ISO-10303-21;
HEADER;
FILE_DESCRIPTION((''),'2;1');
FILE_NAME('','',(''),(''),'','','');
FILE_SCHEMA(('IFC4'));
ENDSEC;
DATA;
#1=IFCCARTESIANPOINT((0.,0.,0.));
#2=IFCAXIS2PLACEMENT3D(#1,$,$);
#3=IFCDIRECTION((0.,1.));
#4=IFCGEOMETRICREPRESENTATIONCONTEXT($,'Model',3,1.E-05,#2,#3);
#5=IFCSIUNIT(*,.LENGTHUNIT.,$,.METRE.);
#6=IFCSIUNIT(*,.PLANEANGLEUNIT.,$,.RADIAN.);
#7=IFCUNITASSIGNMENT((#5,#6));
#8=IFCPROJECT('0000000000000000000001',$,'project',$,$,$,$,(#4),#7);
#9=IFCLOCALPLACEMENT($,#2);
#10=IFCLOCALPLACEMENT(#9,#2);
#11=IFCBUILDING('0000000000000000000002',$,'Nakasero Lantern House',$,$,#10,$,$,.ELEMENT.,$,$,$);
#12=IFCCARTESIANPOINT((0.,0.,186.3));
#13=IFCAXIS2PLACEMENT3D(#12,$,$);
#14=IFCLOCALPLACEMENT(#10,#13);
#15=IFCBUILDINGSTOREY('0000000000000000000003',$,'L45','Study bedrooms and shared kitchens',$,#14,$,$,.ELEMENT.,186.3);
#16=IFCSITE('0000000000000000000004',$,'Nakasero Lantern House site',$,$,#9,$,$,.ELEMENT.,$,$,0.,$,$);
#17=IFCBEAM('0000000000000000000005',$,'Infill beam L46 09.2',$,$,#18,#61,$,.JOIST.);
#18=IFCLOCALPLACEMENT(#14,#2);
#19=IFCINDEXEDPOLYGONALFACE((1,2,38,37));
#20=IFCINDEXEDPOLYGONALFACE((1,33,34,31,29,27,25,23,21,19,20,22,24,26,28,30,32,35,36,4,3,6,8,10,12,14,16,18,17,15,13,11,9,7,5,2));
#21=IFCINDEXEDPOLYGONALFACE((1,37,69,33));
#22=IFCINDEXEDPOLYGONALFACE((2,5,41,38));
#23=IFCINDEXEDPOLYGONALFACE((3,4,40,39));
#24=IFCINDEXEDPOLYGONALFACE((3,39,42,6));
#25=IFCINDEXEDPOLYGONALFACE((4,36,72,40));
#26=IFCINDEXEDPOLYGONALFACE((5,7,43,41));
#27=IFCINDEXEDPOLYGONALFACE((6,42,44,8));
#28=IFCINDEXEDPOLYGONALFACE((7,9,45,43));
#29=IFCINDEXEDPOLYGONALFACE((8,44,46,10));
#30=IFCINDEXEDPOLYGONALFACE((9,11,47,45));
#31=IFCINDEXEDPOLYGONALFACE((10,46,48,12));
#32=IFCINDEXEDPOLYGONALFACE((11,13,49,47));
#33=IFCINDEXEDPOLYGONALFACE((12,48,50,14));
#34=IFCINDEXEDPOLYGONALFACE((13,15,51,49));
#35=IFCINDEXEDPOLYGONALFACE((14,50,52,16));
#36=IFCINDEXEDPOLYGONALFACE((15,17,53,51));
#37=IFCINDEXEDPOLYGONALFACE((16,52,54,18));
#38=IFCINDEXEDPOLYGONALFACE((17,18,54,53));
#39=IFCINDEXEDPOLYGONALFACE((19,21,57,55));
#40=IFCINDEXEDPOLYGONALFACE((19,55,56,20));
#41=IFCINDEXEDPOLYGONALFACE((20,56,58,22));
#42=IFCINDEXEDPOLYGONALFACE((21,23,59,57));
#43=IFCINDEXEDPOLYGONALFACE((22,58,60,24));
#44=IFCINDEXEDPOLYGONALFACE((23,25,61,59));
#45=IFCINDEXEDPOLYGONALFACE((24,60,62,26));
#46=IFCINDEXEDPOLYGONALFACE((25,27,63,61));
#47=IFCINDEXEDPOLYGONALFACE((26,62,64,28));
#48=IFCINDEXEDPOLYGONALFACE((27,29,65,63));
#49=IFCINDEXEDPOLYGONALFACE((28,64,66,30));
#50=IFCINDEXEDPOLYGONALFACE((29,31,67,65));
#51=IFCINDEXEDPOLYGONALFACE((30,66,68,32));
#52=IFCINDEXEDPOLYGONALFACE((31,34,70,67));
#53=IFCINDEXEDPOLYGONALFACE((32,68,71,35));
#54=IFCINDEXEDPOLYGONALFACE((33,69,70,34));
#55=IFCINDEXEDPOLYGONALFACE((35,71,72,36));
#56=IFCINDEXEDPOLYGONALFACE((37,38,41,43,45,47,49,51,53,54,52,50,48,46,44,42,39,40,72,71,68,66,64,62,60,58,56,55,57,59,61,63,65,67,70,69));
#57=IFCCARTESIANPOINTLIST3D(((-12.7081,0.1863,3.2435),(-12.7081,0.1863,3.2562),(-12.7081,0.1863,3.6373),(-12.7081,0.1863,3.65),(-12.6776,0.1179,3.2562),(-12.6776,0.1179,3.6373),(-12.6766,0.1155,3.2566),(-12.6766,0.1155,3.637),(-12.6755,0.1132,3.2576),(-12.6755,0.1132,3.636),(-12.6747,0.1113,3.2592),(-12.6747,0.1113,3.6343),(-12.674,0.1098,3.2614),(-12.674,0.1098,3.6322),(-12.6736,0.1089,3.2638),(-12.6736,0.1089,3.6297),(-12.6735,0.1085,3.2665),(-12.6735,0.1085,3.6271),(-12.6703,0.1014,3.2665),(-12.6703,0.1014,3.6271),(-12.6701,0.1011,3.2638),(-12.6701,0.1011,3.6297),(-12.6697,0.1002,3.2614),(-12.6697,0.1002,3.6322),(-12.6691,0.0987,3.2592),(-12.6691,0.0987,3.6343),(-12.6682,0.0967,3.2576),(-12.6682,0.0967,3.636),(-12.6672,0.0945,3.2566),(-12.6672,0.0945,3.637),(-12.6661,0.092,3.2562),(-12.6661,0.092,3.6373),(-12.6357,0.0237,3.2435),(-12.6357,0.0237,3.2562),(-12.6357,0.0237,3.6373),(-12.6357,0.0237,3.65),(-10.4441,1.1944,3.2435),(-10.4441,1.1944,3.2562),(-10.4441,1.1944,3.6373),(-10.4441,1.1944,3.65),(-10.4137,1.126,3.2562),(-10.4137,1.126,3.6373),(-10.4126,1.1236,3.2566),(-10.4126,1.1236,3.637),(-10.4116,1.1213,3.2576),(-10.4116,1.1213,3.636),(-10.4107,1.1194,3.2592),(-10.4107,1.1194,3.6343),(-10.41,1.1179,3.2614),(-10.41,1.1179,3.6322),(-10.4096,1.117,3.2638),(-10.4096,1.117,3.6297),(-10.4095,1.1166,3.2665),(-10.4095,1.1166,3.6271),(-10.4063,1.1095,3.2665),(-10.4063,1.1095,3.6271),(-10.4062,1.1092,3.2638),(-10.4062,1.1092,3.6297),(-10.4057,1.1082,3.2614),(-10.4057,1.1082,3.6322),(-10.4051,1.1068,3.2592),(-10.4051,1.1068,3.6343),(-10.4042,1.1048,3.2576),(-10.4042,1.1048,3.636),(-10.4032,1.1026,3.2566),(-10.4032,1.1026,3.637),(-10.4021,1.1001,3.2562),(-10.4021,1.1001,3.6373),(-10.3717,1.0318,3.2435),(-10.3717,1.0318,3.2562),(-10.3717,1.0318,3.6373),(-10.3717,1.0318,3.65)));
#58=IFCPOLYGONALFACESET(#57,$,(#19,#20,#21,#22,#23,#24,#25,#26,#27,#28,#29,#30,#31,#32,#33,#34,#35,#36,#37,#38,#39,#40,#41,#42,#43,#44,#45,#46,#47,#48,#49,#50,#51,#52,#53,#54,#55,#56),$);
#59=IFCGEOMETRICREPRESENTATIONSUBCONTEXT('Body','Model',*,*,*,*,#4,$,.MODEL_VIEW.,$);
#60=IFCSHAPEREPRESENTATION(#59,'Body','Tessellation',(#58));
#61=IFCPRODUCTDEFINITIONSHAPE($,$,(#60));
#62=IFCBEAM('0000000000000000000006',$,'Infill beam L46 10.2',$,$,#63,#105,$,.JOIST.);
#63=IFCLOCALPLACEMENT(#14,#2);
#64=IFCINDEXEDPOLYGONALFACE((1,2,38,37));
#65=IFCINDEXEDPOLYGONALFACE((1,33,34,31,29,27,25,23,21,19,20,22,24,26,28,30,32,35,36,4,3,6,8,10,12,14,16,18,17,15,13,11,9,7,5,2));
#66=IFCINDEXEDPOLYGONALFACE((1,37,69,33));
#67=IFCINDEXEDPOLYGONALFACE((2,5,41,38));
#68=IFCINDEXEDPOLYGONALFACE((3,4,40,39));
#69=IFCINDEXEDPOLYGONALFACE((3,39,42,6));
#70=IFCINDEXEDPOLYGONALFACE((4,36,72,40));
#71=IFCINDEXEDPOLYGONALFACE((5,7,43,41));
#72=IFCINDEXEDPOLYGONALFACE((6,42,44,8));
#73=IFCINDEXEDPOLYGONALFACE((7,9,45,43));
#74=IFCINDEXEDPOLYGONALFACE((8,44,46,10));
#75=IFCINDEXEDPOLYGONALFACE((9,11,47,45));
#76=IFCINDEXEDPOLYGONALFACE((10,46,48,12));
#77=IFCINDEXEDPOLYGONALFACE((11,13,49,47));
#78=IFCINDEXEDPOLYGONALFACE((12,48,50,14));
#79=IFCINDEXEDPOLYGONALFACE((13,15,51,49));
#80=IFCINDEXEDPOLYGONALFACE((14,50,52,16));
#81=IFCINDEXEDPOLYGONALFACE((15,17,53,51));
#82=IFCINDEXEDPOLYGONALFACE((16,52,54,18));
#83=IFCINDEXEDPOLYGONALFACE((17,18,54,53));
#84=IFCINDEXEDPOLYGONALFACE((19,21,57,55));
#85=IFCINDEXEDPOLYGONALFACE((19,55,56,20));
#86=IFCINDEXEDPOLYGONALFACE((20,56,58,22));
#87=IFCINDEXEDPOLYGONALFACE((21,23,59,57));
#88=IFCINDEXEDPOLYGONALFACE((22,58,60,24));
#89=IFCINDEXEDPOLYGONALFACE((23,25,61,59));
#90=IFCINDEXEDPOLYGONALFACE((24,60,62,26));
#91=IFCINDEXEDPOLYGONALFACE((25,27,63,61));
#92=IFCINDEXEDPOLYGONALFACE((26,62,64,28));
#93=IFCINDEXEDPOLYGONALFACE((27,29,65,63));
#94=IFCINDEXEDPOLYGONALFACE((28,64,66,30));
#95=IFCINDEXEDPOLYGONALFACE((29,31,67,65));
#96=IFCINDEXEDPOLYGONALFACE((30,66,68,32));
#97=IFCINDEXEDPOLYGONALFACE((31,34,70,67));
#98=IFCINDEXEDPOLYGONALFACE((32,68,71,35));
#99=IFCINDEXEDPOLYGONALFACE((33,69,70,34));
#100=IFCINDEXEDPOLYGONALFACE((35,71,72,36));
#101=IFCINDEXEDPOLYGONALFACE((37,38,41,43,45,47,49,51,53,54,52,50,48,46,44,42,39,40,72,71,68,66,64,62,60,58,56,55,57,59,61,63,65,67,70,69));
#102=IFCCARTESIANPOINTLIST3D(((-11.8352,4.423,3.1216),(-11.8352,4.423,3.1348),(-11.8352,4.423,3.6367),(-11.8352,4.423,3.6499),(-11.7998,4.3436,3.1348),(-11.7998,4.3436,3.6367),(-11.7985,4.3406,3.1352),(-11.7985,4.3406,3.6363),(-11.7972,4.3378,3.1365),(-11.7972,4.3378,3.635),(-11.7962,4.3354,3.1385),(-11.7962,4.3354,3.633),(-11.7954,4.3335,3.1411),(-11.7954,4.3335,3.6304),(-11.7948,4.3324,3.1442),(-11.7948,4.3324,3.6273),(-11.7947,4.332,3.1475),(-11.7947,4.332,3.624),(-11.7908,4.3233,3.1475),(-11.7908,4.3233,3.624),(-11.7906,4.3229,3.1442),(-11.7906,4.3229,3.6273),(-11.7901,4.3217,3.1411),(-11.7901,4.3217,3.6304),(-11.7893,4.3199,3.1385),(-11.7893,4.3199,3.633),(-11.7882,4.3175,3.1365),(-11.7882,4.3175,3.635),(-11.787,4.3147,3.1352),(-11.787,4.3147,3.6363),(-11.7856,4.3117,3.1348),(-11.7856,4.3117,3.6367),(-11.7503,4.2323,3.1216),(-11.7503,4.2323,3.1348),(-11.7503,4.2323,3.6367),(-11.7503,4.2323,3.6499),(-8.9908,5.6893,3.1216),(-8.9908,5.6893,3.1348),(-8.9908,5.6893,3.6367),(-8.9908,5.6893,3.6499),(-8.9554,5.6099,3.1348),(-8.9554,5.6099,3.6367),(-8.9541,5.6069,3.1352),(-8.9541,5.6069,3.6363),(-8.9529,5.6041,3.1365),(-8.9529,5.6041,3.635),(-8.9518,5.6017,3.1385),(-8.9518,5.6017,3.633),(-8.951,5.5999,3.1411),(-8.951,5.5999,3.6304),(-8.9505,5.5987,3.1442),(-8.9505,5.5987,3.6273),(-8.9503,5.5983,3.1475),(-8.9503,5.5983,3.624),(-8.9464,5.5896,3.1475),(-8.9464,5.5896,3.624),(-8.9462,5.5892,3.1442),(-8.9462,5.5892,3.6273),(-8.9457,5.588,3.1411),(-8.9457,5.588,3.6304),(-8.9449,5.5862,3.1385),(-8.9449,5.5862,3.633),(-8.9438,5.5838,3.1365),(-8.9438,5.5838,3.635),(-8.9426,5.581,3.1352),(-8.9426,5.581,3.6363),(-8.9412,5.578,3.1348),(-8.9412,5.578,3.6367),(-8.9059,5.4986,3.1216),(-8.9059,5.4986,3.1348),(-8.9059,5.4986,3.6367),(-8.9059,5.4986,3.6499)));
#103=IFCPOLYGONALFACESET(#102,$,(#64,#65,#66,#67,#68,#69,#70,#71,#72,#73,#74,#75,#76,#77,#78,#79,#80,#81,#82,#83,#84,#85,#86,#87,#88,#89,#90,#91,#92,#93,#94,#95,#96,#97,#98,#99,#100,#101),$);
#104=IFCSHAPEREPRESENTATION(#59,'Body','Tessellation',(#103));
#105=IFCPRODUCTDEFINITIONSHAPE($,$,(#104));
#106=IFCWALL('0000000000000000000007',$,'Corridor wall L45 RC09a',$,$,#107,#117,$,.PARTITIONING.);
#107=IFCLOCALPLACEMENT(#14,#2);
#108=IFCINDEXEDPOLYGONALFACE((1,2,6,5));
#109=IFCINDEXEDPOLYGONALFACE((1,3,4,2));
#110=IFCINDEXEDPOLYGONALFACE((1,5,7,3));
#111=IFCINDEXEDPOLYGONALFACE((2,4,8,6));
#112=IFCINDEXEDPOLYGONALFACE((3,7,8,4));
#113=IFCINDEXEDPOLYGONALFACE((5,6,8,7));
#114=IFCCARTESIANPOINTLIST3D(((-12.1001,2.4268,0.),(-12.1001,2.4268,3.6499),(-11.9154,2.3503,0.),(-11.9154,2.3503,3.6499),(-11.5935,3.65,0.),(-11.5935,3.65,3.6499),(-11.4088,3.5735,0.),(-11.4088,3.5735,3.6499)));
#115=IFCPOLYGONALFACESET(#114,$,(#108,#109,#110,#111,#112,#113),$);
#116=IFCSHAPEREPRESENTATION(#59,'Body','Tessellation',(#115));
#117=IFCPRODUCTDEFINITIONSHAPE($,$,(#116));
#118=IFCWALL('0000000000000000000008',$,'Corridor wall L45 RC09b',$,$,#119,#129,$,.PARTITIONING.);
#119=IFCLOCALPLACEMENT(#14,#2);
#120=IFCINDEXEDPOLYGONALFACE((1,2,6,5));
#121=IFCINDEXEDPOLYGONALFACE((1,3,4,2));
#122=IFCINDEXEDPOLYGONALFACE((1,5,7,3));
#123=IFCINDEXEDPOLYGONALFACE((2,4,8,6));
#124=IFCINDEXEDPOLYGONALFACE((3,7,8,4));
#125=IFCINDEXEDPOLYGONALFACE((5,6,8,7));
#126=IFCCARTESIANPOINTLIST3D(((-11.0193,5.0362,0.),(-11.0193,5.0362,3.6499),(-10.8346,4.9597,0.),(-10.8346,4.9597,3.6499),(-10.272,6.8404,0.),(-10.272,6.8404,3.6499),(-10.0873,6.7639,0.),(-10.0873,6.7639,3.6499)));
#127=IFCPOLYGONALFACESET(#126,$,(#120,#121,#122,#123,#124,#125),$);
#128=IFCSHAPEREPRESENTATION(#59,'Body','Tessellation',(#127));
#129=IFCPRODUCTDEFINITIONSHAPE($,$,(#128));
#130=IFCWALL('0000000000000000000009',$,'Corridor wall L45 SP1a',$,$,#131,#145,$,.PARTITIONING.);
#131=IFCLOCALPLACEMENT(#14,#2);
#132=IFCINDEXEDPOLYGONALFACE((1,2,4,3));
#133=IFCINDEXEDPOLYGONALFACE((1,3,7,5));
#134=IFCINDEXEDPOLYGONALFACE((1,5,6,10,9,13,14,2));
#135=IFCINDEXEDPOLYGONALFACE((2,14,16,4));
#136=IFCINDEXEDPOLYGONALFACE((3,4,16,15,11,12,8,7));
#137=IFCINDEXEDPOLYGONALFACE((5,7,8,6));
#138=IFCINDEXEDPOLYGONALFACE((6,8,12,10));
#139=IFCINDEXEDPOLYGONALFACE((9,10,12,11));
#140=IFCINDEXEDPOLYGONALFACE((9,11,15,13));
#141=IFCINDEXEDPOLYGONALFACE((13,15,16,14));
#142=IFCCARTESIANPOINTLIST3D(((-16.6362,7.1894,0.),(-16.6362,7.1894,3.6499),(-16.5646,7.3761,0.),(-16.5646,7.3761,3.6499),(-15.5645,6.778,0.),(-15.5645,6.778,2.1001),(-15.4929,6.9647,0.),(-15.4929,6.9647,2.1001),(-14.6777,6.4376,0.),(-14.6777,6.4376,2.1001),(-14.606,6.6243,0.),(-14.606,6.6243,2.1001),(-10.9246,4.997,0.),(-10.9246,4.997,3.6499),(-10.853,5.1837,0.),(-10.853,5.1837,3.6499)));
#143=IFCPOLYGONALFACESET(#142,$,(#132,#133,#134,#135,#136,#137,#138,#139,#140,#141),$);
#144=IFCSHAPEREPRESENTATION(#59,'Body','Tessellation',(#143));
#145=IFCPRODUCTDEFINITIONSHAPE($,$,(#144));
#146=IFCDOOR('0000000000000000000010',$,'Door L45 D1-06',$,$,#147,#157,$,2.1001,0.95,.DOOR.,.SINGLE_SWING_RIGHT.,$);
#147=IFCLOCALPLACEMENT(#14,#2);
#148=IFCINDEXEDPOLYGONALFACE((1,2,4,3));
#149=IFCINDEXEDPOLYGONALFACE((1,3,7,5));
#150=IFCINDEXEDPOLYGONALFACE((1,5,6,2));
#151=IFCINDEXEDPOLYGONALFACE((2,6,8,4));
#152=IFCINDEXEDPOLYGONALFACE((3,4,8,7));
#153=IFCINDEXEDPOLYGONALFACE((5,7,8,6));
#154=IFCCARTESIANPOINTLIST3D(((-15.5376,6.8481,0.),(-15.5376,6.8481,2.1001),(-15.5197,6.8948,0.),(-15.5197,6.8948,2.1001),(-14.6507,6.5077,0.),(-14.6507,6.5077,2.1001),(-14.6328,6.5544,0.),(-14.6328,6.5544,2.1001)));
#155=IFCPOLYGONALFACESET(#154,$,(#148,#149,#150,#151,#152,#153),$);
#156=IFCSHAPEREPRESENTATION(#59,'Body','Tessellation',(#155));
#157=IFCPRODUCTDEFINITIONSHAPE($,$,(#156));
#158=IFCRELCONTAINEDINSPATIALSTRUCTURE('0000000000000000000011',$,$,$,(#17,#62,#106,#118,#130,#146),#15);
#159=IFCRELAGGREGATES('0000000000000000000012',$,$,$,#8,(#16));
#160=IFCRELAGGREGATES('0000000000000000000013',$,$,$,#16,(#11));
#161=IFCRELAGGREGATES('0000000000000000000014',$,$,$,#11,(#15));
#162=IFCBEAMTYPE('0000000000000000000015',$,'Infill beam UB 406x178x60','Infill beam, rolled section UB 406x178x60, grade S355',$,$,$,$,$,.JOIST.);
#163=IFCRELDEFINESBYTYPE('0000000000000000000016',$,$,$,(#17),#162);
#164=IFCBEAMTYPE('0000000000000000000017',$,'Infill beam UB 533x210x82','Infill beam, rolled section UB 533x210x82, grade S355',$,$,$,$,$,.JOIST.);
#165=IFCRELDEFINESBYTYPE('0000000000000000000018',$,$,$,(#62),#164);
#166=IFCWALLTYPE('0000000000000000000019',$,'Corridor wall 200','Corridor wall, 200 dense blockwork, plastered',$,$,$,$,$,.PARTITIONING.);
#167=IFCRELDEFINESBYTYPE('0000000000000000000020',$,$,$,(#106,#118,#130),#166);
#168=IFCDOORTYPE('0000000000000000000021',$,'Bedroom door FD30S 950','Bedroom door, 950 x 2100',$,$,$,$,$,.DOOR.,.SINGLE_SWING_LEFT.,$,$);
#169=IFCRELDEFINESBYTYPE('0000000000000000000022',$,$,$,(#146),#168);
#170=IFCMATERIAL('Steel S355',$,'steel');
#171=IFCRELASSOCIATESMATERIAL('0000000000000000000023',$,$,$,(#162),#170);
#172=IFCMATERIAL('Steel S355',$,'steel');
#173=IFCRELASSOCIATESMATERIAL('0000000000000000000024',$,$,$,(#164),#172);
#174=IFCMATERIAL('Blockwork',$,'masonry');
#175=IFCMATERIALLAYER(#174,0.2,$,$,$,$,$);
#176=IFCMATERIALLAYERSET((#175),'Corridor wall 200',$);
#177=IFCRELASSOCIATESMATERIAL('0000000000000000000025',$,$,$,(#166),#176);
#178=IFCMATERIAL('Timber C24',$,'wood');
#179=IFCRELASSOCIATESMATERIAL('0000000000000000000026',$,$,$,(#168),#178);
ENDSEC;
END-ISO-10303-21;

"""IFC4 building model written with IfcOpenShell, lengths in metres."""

from ifc_helpers import new_model, si_unit, direction, frame, frame_2d, origin, origin_2d, place, context, subcontext, project, spatial, rectangle, i_section, extrude, material, layer, layer_set, material_profile, profile_set, type_object, element, fill, save


model = new_model("IFC4")

# Units and contexts
model_context = context("Model", 3, precision=1e-05, world=origin(), true_north=direction((0.0, 1.0)))
body_context = subcontext(model_context, "Body", "Model", "MODEL_VIEW")
ifc_project = project(units=[si_unit("LENGTHUNIT", "METRE"), si_unit("PLANEANGLEUNIT", "RADIAN")], contexts=[model_context])

# Site, building, storey
site_placement = place(None, origin())
site = spatial("IfcSite", under=ifc_project, at=site_placement, Name="Nakasero Lantern House site", CompositionType="ELEMENT", RefElevation=0.0)
building_placement = place(site_placement, origin())
building = spatial("IfcBuilding", under=site, at=building_placement, Name="Nakasero Lantern House", CompositionType="ELEMENT")
storey_placement = place(building_placement, frame((0.0, 0.0, 186.3)))
storey = spatial("IfcBuildingStorey", under=building, at=storey_placement, Name="L45", Description="Study bedrooms and shared kitchens", CompositionType="ELEMENT", Elevation=186.3)

# Beams
ifc_material_1 = material(Name="Steel S355", Category="steel")
ifc_material_profile_1 = material_profile(ifc_material_1, i_section(OverallWidth=0.178, OverallDepth=0.4065, WebThickness=0.0078, FlangeThickness=0.0127, FilletRadius=0.0103, at=origin_2d()), Name="UB 406x178x60")
ifc_profile_set_1 = profile_set([ifc_material_profile_1], Name="Steel S355")
beam_type_1 = type_object("IfcBeamType", Name="Infill beam UB 406x178x60", Description="Infill beam, rolled section UB 406x178x60, grade S355", PredefinedType="JOIST", material=ifc_profile_set_1)
beam_1_placement = place(storey_placement, frame((-12.6719, 0.105, 3.4468), z_axis=(0.913531, 0.406769, 0.0), x_axis=(-0.406769, 0.913531, 0.0)))
element("IfcBeam", 1, at=beam_1_placement, inside=storey, type_object=beam_type_1, Name="Infill beam L46 09.2", PredefinedType="JOIST", context=body_context, shape_type="SweptSolid", body=[
    extrude(i_section(OverallWidth=0.178, OverallDepth=0.4065, WebThickness=0.0078, FlangeThickness=0.0127, FilletRadius=0.0103, at=origin_2d()), origin(), (0.0, 0.0, 1.0), 2.4783),
])
ifc_material_2 = material(Name="Steel S355", Category="steel")
ifc_material_profile_2 = material_profile(ifc_material_2, i_section(OverallWidth=0.2087, OverallDepth=0.5283, WebThickness=0.0095, FlangeThickness=0.0132, FilletRadius=0.0127, at=origin_2d()), Name="UB 533x210x82")
ifc_profile_set_2 = profile_set([ifc_material_profile_2], Name="Steel S355")
beam_type_2 = type_object("IfcBeamType", Name="Infill beam UB 533x210x82", Description="Infill beam, rolled section UB 533x210x82, grade S355", PredefinedType="JOIST", material=ifc_profile_set_2)
beam_2_placement = place(storey_placement, frame((-11.7927, 4.3276, 3.3857), z_axis=(0.913556, 0.406713, 0.0), x_axis=(-0.406713, 0.913556, 0.0)))
element("IfcBeam", 2, at=beam_2_placement, inside=storey, type_object=beam_type_2, Name="Infill beam L46 10.2", PredefinedType="JOIST", context=body_context, shape_type="SweptSolid", body=[
    extrude(i_section(OverallWidth=0.2087, OverallDepth=0.5283, WebThickness=0.0095, FlangeThickness=0.0132, FilletRadius=0.0127, at=origin_2d()), origin(), (0.0, 0.0, 1.0), 3.1135),
])

# Walls
ifc_material_3 = material(Name="Blockwork", Category="masonry")
ifc_layer_1 = layer(ifc_material_3, 0.2)
ifc_layer_set_1 = layer_set([ifc_layer_1], Name="Corridor wall 200")
wall_type_1 = type_object("IfcWallType", Name="Corridor wall 200", Description="Corridor wall, 200 dense blockwork, plastered", PredefinedType="PARTITIONING", material=ifc_layer_set_1)
wall_1_placement = place(storey_placement, frame((-12.0078, 2.3884, 0.0), z_axis=(0.0, 0.0, 1.0), x_axis=(0.38265, 0.923893, 0.0)))
element("IfcWall", 3, at=wall_1_placement, inside=storey, type_object=wall_type_1, Name="Corridor wall L45 RC09a", PredefinedType="PARTITIONING", context=body_context, shape_type="SweptSolid", body=[
    extrude(rectangle(XDim=1.324, YDim=0.2, at=frame_2d((0.6621, 0.0))), origin(), (0.0, 0.0, 1.0), 3.6499),
])
wall_2_placement = place(storey_placement, frame((-10.927, 4.9978, 0.0), z_axis=(0.0, 0.0, 1.0), x_axis=(0.382679, 0.923881, 0.0)))
element("IfcWall", 4, at=wall_2_placement, inside=storey, type_object=wall_type_1, Name="Corridor wall L45 RC09b", PredefinedType="PARTITIONING", context=body_context, shape_type="SweptSolid", body=[
    extrude(rectangle(XDim=1.9529, YDim=0.2, at=frame_2d((0.9766, 0.0))), origin(), (0.0, 0.0, 1.0), 3.6499),
])

# Wall, opening, door
wall_3_placement = place(storey_placement, frame((-10.8887, 5.0903, 0.0), z_axis=(0.0, 0.0, 1.0), x_axis=(-0.933587, 0.358351, 0.0)))
wall_3 = element("IfcWall", 5, at=wall_3_placement, inside=storey, type_object=wall_type_1, Name="Corridor wall L45 SP1a", PredefinedType="PARTITIONING", context=body_context, shape_type="SweptSolid", body=[
    extrude(rectangle(XDim=6.1179, YDim=0.2, at=frame_2d((3.0591, 0.0))), origin(), (0.0, 0.0, 1.0), 3.6499),
])
opening_1_placement = place(wall_3_placement, frame((4.02, 0.0, 0.0)))
opening_1 = element("IfcOpeningElement", 6, at=opening_1_placement, cuts=wall_3, PredefinedType="OPENING", context=body_context, shape_type="SweptSolid", body=[
    extrude(rectangle(XDim=0.95, YDim=2.1001, at=frame_2d((0.4751, 1.05))), frame((0.0, 0.1199, 0.0), z_axis=(0.0, -1.0, 0.0), x_axis=(1.0, 0.0, 0.0)), (0.0, 0.0, 1.0), 0.24),
])
ifc_material_4 = material(Name="Timber C24", Category="wood")
door_type_1 = type_object("IfcDoorType", Name="Bedroom door FD30S 950", Description="Bedroom door, 950 x 2100", OperationType="SINGLE_SWING_LEFT", PredefinedType="DOOR", material=ifc_material_4)
door_1_placement = place(opening_1_placement, origin())
door_1 = element("IfcDoor", 7, at=door_1_placement, inside=storey, type_object=door_type_1, Name="Door L45 D1-06", OperationType="SINGLE_SWING_RIGHT", OverallHeight=2.1001, OverallWidth=0.95, PredefinedType="DOOR", context=body_context, shape_type="SweptSolid", body=[
    extrude(rectangle(XDim=0.95, YDim=2.1001, at=frame_2d((0.4751, 1.05))), frame((0.0, 0.0249, 0.0), z_axis=(0.0, -1.0, 0.0), x_axis=(1.0, 0.0, 0.0)), (0.0, 0.0, 1.0), 0.05),
])
fill(opening_1, door_1)

save(model, "model.ifc")
